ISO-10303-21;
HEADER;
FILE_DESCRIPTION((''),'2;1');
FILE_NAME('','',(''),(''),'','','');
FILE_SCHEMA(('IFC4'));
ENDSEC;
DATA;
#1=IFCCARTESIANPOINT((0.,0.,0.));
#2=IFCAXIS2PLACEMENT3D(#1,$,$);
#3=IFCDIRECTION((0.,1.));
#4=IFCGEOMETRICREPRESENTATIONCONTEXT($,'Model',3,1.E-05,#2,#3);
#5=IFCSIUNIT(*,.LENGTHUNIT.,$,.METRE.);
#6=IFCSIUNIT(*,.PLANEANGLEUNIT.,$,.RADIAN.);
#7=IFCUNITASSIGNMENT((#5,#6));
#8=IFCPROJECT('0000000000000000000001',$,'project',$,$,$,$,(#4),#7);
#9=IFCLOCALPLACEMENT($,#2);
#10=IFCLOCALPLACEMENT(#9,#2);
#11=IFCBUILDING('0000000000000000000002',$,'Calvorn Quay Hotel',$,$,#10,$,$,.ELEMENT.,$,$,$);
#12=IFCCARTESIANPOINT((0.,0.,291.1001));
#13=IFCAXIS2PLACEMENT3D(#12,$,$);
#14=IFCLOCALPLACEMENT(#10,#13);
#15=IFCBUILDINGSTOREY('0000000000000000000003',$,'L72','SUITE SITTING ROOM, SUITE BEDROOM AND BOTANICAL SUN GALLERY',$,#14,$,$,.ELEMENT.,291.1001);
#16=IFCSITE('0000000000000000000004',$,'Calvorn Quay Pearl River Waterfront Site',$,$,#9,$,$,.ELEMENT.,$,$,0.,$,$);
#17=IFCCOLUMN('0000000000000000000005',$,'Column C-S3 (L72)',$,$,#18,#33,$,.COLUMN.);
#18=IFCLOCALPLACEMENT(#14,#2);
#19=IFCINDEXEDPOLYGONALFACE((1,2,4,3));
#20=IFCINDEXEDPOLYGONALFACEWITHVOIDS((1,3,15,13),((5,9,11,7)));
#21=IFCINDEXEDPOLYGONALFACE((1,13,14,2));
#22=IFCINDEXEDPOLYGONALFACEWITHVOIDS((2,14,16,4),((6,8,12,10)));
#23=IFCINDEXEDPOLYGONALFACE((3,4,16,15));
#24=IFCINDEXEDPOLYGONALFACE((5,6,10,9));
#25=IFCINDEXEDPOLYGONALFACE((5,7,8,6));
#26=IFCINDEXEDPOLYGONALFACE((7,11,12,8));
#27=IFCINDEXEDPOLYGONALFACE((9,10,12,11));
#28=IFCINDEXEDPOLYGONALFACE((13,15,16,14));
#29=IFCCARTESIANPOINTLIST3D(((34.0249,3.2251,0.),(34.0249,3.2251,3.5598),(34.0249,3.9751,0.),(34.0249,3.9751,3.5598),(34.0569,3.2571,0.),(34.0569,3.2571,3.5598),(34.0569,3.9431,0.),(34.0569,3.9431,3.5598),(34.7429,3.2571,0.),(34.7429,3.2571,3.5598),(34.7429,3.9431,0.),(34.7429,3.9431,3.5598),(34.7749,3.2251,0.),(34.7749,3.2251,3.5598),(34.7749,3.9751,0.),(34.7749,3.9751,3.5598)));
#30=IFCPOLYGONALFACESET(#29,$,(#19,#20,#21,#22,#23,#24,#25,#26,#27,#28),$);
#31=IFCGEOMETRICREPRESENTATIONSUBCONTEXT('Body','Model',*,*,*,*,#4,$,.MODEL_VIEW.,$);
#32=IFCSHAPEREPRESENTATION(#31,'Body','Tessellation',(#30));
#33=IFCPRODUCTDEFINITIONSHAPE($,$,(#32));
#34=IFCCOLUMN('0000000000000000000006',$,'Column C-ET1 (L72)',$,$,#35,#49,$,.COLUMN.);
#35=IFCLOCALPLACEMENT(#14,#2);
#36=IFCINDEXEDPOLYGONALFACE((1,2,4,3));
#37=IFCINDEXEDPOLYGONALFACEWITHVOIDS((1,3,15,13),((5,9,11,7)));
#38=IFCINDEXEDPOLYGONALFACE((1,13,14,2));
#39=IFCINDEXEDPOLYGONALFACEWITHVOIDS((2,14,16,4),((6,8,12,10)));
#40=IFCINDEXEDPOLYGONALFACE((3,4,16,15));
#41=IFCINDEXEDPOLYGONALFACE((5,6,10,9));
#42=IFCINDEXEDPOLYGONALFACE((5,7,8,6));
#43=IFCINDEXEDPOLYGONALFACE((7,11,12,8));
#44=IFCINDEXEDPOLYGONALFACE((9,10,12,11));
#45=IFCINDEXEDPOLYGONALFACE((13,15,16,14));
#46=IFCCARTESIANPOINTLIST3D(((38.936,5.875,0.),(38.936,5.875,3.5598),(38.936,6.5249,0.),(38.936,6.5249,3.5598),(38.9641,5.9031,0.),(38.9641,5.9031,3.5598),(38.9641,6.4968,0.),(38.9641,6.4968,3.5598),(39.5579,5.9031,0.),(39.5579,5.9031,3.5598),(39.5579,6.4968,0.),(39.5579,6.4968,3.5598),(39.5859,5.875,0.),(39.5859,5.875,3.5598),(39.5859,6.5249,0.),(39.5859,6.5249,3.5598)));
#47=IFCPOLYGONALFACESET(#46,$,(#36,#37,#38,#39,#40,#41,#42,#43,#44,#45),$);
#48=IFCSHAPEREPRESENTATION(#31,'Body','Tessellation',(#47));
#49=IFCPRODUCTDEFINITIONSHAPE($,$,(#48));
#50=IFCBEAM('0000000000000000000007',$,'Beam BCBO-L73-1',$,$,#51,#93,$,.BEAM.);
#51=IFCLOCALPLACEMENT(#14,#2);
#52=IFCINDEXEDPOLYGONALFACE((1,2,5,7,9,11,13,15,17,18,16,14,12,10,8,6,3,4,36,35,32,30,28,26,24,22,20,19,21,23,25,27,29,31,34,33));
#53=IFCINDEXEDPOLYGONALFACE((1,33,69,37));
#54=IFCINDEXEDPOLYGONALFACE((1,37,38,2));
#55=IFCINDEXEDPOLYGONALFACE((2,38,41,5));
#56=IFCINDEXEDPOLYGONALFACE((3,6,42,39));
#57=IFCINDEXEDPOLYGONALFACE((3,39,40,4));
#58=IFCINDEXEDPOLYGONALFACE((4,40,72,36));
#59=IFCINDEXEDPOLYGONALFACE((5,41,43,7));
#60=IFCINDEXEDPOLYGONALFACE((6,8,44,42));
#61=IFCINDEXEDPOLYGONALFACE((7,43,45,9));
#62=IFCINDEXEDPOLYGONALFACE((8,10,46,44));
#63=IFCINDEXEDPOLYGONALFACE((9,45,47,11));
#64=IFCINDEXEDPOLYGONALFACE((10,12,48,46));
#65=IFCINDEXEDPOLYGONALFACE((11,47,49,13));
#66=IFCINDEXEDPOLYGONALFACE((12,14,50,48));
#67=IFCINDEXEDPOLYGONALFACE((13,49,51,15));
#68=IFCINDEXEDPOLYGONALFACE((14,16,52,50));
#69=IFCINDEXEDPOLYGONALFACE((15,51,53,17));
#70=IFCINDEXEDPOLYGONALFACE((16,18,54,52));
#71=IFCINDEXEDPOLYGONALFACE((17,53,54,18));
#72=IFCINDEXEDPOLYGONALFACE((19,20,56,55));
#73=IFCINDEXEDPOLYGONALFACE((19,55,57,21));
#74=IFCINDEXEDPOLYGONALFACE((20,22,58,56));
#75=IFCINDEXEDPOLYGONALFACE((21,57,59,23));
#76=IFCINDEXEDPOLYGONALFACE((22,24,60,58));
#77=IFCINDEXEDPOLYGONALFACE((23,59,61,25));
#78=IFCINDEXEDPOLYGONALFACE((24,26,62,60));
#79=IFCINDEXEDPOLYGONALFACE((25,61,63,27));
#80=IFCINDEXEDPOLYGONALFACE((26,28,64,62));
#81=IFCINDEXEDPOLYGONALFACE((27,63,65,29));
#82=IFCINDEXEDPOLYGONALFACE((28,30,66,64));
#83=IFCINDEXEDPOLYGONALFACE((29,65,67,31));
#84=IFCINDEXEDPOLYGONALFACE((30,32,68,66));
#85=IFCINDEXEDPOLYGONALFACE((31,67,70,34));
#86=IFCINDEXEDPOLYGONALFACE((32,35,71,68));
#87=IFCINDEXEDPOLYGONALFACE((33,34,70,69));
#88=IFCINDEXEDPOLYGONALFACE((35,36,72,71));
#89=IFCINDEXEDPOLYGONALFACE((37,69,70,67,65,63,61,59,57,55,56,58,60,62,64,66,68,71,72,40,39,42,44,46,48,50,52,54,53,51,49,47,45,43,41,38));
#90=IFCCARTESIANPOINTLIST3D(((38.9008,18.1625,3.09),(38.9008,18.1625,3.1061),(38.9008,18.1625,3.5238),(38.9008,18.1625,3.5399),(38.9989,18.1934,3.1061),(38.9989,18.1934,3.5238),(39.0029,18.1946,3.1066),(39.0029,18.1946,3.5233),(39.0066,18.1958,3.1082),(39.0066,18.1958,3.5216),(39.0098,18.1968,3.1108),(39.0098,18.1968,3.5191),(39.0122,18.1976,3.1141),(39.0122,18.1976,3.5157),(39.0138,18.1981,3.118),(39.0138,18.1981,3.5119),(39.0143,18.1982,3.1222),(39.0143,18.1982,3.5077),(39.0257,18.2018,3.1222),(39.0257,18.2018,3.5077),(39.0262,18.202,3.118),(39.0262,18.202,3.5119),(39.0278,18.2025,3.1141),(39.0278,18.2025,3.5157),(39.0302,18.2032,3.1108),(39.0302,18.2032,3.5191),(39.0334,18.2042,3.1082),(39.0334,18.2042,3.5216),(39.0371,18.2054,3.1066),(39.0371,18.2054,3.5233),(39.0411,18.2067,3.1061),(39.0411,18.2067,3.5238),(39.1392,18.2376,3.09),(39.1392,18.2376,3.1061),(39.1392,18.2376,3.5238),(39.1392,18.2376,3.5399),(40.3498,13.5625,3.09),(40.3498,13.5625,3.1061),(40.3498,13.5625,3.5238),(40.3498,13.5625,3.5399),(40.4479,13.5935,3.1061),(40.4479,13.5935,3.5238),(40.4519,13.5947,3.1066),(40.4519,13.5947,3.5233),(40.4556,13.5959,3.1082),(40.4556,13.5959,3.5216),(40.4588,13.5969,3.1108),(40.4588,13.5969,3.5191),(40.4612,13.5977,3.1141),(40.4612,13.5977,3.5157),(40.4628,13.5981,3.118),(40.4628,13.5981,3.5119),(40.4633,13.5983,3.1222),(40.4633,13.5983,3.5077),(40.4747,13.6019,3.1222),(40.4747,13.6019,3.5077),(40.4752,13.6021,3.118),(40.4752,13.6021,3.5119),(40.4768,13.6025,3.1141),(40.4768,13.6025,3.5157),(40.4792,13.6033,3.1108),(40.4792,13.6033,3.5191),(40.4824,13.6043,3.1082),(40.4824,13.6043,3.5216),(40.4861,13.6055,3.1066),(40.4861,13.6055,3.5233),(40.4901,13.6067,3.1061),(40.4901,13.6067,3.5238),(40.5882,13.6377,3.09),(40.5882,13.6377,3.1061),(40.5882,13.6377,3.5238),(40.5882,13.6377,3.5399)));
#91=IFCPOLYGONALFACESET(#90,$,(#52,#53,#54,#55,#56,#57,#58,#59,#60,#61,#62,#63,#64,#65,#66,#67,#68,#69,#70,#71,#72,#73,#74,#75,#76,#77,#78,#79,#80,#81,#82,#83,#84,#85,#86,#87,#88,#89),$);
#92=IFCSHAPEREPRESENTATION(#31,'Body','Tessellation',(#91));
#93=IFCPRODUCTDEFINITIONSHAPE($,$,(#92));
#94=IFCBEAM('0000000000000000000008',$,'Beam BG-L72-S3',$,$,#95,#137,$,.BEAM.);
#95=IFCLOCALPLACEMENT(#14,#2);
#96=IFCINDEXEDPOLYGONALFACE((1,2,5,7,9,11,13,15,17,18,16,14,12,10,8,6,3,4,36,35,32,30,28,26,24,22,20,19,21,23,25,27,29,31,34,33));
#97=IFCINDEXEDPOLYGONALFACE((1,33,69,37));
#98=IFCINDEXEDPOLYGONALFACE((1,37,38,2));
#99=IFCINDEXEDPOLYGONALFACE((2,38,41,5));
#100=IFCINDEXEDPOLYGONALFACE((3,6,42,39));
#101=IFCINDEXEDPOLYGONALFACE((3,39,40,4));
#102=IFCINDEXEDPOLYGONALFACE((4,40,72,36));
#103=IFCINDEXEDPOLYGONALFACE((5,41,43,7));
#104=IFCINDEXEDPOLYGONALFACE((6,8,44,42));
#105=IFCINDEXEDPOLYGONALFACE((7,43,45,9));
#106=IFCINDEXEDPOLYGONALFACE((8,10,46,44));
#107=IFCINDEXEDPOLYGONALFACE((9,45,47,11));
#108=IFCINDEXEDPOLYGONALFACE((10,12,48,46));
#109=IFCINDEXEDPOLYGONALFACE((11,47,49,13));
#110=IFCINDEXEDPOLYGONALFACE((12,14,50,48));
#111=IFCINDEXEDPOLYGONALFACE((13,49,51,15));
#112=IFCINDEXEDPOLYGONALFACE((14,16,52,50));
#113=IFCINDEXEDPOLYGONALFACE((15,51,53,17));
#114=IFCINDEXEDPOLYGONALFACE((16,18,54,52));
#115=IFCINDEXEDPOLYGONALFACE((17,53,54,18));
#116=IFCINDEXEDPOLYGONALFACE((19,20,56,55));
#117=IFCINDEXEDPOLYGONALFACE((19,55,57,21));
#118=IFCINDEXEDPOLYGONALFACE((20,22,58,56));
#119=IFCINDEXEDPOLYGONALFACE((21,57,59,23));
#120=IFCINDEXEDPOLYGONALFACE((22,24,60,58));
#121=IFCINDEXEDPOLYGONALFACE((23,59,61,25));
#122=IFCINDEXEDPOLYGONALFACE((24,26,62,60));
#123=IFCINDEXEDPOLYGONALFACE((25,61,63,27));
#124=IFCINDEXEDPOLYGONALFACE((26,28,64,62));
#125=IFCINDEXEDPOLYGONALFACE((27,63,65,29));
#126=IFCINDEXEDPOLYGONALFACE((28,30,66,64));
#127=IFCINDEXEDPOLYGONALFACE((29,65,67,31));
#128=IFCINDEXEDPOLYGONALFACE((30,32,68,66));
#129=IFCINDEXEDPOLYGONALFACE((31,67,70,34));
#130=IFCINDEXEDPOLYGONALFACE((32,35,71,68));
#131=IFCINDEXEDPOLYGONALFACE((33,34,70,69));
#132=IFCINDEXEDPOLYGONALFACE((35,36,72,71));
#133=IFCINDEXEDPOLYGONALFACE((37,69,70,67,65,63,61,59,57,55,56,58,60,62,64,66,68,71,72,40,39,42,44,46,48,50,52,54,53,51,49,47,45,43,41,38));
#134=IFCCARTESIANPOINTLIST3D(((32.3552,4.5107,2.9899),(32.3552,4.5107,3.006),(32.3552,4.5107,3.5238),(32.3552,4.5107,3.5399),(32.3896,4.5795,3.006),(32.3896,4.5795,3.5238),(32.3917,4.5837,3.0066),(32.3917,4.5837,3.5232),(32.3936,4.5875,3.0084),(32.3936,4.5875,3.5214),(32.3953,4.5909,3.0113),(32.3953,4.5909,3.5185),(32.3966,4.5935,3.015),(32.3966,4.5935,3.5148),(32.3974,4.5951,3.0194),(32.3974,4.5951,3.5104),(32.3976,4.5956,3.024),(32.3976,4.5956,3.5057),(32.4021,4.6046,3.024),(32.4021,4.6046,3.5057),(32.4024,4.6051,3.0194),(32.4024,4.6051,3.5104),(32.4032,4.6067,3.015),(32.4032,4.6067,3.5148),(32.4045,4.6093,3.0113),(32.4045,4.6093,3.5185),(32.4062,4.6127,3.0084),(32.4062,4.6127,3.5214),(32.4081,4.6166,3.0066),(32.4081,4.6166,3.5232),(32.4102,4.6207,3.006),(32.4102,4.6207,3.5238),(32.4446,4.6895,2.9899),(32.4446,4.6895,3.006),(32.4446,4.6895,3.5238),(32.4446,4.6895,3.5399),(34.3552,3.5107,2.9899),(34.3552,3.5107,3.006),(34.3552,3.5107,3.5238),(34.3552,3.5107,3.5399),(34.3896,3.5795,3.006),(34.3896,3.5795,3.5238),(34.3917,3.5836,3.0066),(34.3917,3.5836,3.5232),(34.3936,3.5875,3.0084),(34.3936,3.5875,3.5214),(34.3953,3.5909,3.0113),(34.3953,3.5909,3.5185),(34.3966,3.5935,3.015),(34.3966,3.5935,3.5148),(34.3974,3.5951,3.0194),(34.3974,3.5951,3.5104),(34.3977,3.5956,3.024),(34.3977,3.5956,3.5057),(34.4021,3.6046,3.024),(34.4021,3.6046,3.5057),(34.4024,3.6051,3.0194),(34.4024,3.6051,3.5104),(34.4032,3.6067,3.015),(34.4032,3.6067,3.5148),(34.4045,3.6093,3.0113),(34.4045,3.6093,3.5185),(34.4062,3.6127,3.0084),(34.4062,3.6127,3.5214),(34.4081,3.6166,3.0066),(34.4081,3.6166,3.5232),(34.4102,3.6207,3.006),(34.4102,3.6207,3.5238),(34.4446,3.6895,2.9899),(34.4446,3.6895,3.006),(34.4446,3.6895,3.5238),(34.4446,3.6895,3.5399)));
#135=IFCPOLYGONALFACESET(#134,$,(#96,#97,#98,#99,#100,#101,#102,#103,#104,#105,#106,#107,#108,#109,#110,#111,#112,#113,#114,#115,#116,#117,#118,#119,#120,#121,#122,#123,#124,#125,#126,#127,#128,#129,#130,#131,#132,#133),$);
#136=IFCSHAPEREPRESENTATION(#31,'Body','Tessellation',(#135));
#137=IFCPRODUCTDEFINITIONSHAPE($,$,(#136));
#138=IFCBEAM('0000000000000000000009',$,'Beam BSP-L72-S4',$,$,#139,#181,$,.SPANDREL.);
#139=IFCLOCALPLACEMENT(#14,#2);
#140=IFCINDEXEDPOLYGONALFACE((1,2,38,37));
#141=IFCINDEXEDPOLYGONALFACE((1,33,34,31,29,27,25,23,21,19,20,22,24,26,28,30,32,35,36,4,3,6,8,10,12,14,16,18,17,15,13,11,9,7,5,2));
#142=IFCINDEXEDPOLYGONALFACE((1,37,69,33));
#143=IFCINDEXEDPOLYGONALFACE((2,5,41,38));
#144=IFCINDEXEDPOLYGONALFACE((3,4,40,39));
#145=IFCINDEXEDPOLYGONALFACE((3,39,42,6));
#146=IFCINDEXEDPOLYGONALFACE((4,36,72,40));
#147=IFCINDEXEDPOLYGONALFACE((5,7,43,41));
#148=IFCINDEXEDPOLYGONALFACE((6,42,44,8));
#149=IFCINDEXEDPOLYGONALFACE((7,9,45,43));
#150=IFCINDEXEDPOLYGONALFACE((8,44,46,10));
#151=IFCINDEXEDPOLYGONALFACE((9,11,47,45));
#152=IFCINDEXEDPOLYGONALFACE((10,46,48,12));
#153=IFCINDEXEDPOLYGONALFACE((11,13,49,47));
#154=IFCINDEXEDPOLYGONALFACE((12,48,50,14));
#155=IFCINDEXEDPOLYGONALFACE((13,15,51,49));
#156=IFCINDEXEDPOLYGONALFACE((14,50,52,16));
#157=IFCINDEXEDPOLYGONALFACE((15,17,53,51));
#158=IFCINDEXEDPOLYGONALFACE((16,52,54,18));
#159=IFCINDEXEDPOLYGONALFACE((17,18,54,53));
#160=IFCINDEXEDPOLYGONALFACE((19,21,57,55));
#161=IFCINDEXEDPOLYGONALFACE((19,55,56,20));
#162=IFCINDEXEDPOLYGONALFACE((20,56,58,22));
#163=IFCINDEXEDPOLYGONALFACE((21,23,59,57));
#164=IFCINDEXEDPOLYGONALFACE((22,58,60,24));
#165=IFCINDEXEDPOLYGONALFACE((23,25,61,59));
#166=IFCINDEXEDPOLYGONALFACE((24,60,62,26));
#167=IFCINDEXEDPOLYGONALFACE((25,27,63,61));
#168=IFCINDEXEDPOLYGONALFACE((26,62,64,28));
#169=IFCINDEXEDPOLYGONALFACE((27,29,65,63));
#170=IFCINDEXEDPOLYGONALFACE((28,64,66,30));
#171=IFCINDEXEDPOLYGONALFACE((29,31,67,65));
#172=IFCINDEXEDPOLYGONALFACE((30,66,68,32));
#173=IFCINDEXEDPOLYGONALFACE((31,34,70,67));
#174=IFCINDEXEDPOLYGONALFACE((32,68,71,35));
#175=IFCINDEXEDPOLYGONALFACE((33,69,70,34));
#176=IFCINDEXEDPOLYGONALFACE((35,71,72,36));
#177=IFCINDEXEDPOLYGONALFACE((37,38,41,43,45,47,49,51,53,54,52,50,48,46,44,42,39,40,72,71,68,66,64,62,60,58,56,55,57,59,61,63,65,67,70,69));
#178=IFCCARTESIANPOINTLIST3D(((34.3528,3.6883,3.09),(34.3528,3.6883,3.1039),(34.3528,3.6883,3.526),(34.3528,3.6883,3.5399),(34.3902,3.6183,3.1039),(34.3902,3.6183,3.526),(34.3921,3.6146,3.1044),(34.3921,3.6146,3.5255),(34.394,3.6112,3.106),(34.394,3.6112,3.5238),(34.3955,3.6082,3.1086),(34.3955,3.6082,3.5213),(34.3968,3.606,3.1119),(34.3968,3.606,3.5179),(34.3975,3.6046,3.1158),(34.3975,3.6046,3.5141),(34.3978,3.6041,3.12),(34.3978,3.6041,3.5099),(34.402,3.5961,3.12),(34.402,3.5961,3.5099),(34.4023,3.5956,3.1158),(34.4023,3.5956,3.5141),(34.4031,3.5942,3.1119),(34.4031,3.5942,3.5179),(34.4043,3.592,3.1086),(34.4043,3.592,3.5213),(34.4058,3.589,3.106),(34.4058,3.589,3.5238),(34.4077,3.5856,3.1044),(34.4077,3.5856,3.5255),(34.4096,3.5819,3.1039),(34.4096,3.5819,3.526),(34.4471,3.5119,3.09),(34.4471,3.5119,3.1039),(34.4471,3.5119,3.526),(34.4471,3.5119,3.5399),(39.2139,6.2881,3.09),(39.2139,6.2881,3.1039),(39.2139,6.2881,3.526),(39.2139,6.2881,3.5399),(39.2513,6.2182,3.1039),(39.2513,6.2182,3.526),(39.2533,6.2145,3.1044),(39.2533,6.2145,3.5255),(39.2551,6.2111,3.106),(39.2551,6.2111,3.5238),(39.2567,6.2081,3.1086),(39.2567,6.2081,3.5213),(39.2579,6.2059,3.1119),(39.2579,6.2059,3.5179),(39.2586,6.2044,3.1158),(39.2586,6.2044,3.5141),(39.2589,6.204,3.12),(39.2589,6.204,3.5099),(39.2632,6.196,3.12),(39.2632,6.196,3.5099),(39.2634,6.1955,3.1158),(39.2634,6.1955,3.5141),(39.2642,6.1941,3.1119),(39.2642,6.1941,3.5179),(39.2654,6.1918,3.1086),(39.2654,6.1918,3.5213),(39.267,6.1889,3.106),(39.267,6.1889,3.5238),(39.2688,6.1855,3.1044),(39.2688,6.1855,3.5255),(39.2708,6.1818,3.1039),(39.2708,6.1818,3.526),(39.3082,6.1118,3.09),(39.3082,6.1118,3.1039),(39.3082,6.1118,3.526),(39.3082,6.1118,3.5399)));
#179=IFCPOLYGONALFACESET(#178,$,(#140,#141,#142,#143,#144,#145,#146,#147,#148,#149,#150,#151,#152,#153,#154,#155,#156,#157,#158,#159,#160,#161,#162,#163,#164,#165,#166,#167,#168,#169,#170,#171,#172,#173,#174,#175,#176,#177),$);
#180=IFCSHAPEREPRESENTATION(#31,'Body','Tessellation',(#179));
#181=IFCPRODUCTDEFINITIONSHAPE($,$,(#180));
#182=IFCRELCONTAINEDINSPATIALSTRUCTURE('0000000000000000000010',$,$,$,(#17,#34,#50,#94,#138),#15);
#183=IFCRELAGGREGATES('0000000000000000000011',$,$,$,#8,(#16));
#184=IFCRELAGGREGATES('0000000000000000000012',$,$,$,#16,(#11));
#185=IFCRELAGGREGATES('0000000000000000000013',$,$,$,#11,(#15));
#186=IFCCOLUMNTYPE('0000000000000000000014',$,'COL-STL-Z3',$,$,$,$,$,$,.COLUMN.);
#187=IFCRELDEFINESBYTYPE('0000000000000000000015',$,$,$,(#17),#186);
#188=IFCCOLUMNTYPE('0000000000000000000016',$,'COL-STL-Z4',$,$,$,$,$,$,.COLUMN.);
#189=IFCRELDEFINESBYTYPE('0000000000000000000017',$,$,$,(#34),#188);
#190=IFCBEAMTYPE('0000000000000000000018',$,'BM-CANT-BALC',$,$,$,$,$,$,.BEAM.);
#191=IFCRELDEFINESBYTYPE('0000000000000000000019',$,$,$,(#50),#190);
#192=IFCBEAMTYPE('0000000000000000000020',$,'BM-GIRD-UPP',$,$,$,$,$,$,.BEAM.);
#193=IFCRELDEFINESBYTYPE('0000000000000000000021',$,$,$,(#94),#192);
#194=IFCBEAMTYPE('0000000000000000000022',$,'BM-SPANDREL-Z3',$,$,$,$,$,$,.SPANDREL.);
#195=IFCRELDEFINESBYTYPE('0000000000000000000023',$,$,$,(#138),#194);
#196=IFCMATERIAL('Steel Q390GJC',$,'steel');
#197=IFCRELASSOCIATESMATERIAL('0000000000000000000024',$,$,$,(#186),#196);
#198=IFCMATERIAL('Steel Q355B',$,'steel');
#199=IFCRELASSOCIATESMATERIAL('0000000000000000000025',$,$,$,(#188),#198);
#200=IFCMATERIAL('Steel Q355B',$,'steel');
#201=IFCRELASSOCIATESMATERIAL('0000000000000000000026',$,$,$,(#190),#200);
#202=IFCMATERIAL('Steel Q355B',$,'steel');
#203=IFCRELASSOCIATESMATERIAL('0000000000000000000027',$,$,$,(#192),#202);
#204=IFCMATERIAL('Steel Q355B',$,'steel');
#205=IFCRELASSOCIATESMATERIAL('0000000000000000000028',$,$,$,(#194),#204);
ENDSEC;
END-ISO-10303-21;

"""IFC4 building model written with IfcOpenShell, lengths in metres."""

from ifc_helpers import new_model, si_unit, direction, frame, origin, origin_2d, place, context, subcontext, project, spatial, hollow_rectangle, i_section, extrude, material, material_profile, profile_set, type_object, element, save


model = new_model("IFC4")

# Units and contexts
model_context = context("Model", 3, precision=1e-05, world=origin(), true_north=direction((0.0, 1.0)))
body_context = subcontext(model_context, "Body", "Model", "MODEL_VIEW")
ifc_project = project(units=[si_unit("LENGTHUNIT", "METRE"), si_unit("PLANEANGLEUNIT", "RADIAN")], contexts=[model_context])

# Site, building, storey
site_placement = place(None, origin())
site = spatial("IfcSite", under=ifc_project, at=site_placement, Name="Calvorn Quay Pearl River Waterfront Site", CompositionType="ELEMENT", RefElevation=0.0)
building_placement = place(site_placement, origin())
building = spatial("IfcBuilding", under=site, at=building_placement, Name="Calvorn Quay Hotel", CompositionType="ELEMENT")
storey_placement = place(building_placement, frame((0.0, 0.0, 291.1001)))
storey = spatial("IfcBuildingStorey", under=building, at=storey_placement, Name="L72", Description="SUITE SITTING ROOM, SUITE BEDROOM AND BOTANICAL SUN GALLERY", CompositionType="ELEMENT", Elevation=291.1001)

# Columns
ifc_material_1 = material(Name="Steel Q390GJC", Category="steel")
ifc_material_profile_1 = material_profile(ifc_material_1, hollow_rectangle(XDim=0.75, YDim=0.75, WallThickness=0.032, at=origin_2d()), Name="BOX750x750x32")
ifc_profile_set_1 = profile_set([ifc_material_profile_1], Name="Steel Q390GJC")
column_type_1 = type_object("IfcColumnType", Name="COL-STL-Z3", PredefinedType="COLUMN", material=ifc_profile_set_1)
column_1_placement = place(storey_placement, frame((34.3999, 3.6001, 0.0), z_axis=(0.0, 0.0, 1.0), x_axis=(1.0, 0.0, 0.0)))
element("IfcColumn", 1, at=column_1_placement, inside=storey, type_object=column_type_1, Name="Column C-S3 (L72)", PredefinedType="COLUMN", context=body_context, shape_type="SweptSolid", body=[
    extrude(hollow_rectangle(XDim=0.75, YDim=0.75, WallThickness=0.032, at=origin_2d()), origin(), (0.0, 0.0, 1.0), 3.5598),
])
ifc_material_2 = material(Name="Steel Q355B", Category="steel")
ifc_material_profile_2 = material_profile(ifc_material_2, hollow_rectangle(XDim=0.6499, YDim=0.6499, WallThickness=0.0281, at=origin_2d()), Name="BOX650x650x28")
ifc_profile_set_2 = profile_set([ifc_material_profile_2], Name="Steel Q355B")
column_type_2 = type_object("IfcColumnType", Name="COL-STL-Z4", PredefinedType="COLUMN", material=ifc_profile_set_2)
column_2_placement = place(storey_placement, frame((39.261, 6.2, 0.0), z_axis=(0.0, 0.0, 1.0), x_axis=(1.0, 0.0, 0.0)))
element("IfcColumn", 2, at=column_2_placement, inside=storey, type_object=column_type_2, Name="Column C-ET1 (L72)", PredefinedType="COLUMN", context=body_context, shape_type="SweptSolid", body=[
    extrude(hollow_rectangle(XDim=0.6499, YDim=0.6499, WallThickness=0.0281, at=origin_2d()), origin(), (0.0, 0.0, 1.0), 3.5598),
])

# Beams
ifc_material_3 = material(Name="Steel Q355B", Category="steel")
ifc_material_profile_3 = material_profile(ifc_material_3, i_section(OverallWidth=0.25, OverallDepth=0.45, WebThickness=0.012, FlangeThickness=0.0161, FilletRadius=0.0161, at=origin_2d()), Name="HN450x250x12x16")
ifc_profile_set_3 = profile_set([ifc_material_profile_3], Name="Steel Q355B")
beam_type_1 = type_object("IfcBeamType", Name="BM-CANT-BALC", PredefinedType="BEAM", material=ifc_profile_set_3)
beam_1_placement = place(storey_placement, frame((40.469, 13.6001, 3.3149), z_axis=(-0.30045, 0.953797, 0.0), x_axis=(-0.953797, -0.30045, 0.0)))
element("IfcBeam", 3, at=beam_1_placement, inside=storey, type_object=beam_type_1, Name="Beam BCBO-L73-1", PredefinedType="BEAM", context=body_context, shape_type="SweptSolid", body=[
    extrude(i_section(OverallWidth=0.25, OverallDepth=0.45, WebThickness=0.012, FlangeThickness=0.0161, FilletRadius=0.0161, at=origin_2d()), origin(), (0.0, 0.0, 1.0), 4.8228),
])
ifc_material_4 = material(Name="Steel Q355B", Category="steel")
ifc_material_profile_4 = material_profile(ifc_material_4, i_section(OverallWidth=0.2, OverallDepth=0.55, WebThickness=0.01, FlangeThickness=0.0161, FilletRadius=0.0181, at=origin_2d()), Name="HN550x200x10x16")
ifc_profile_set_4 = profile_set([ifc_material_profile_4], Name="Steel Q355B")
beam_type_2 = type_object("IfcBeamType", Name="BM-GIRD-UPP", PredefinedType="BEAM", material=ifc_profile_set_4)
beam_2_placement = place(storey_placement, frame((34.3999, 3.6001, 3.2649), z_axis=(-0.894427, 0.447214, 0.0), x_axis=(-0.447214, -0.894427, 0.0)))
element("IfcBeam", 4, at=beam_2_placement, inside=storey, type_object=beam_type_2, Name="Beam BG-L72-S3", PredefinedType="BEAM", context=body_context, shape_type="SweptSolid", body=[
    extrude(i_section(OverallWidth=0.2, OverallDepth=0.55, WebThickness=0.01, FlangeThickness=0.0161, FilletRadius=0.0181, at=origin_2d()), origin(), (0.0, 0.0, 1.0), 2.2361),
])
ifc_material_5 = material(Name="Steel Q355B", Category="steel")
ifc_material_profile_5 = material_profile(ifc_material_5, i_section(OverallWidth=0.2, OverallDepth=0.45, WebThickness=0.009, FlangeThickness=0.0139, FilletRadius=0.0161, at=origin_2d()), Name="HN450x200x9x14")
ifc_profile_set_5 = profile_set([ifc_material_profile_5], Name="Steel Q355B")
beam_type_3 = type_object("IfcBeamType", Name="BM-SPANDREL-Z3", PredefinedType="SPANDREL", material=ifc_profile_set_5)
beam_3_placement = place(storey_placement, frame((34.3999, 3.6001, 3.3149), z_axis=(0.881804, 0.471615, 0.0), x_axis=(-0.471615, 0.881804, 0.0)))
element("IfcBeam", 5, at=beam_3_placement, inside=storey, type_object=beam_type_3, Name="Beam BSP-L72-S4", PredefinedType="SPANDREL", context=body_context, shape_type="SweptSolid", body=[
    extrude(i_section(OverallWidth=0.2, OverallDepth=0.45, WebThickness=0.009, FlangeThickness=0.0139, FilletRadius=0.0161, at=origin_2d()), origin(), (0.0, 0.0, 1.0), 5.5127),
])

save(model, "model.ifc")
